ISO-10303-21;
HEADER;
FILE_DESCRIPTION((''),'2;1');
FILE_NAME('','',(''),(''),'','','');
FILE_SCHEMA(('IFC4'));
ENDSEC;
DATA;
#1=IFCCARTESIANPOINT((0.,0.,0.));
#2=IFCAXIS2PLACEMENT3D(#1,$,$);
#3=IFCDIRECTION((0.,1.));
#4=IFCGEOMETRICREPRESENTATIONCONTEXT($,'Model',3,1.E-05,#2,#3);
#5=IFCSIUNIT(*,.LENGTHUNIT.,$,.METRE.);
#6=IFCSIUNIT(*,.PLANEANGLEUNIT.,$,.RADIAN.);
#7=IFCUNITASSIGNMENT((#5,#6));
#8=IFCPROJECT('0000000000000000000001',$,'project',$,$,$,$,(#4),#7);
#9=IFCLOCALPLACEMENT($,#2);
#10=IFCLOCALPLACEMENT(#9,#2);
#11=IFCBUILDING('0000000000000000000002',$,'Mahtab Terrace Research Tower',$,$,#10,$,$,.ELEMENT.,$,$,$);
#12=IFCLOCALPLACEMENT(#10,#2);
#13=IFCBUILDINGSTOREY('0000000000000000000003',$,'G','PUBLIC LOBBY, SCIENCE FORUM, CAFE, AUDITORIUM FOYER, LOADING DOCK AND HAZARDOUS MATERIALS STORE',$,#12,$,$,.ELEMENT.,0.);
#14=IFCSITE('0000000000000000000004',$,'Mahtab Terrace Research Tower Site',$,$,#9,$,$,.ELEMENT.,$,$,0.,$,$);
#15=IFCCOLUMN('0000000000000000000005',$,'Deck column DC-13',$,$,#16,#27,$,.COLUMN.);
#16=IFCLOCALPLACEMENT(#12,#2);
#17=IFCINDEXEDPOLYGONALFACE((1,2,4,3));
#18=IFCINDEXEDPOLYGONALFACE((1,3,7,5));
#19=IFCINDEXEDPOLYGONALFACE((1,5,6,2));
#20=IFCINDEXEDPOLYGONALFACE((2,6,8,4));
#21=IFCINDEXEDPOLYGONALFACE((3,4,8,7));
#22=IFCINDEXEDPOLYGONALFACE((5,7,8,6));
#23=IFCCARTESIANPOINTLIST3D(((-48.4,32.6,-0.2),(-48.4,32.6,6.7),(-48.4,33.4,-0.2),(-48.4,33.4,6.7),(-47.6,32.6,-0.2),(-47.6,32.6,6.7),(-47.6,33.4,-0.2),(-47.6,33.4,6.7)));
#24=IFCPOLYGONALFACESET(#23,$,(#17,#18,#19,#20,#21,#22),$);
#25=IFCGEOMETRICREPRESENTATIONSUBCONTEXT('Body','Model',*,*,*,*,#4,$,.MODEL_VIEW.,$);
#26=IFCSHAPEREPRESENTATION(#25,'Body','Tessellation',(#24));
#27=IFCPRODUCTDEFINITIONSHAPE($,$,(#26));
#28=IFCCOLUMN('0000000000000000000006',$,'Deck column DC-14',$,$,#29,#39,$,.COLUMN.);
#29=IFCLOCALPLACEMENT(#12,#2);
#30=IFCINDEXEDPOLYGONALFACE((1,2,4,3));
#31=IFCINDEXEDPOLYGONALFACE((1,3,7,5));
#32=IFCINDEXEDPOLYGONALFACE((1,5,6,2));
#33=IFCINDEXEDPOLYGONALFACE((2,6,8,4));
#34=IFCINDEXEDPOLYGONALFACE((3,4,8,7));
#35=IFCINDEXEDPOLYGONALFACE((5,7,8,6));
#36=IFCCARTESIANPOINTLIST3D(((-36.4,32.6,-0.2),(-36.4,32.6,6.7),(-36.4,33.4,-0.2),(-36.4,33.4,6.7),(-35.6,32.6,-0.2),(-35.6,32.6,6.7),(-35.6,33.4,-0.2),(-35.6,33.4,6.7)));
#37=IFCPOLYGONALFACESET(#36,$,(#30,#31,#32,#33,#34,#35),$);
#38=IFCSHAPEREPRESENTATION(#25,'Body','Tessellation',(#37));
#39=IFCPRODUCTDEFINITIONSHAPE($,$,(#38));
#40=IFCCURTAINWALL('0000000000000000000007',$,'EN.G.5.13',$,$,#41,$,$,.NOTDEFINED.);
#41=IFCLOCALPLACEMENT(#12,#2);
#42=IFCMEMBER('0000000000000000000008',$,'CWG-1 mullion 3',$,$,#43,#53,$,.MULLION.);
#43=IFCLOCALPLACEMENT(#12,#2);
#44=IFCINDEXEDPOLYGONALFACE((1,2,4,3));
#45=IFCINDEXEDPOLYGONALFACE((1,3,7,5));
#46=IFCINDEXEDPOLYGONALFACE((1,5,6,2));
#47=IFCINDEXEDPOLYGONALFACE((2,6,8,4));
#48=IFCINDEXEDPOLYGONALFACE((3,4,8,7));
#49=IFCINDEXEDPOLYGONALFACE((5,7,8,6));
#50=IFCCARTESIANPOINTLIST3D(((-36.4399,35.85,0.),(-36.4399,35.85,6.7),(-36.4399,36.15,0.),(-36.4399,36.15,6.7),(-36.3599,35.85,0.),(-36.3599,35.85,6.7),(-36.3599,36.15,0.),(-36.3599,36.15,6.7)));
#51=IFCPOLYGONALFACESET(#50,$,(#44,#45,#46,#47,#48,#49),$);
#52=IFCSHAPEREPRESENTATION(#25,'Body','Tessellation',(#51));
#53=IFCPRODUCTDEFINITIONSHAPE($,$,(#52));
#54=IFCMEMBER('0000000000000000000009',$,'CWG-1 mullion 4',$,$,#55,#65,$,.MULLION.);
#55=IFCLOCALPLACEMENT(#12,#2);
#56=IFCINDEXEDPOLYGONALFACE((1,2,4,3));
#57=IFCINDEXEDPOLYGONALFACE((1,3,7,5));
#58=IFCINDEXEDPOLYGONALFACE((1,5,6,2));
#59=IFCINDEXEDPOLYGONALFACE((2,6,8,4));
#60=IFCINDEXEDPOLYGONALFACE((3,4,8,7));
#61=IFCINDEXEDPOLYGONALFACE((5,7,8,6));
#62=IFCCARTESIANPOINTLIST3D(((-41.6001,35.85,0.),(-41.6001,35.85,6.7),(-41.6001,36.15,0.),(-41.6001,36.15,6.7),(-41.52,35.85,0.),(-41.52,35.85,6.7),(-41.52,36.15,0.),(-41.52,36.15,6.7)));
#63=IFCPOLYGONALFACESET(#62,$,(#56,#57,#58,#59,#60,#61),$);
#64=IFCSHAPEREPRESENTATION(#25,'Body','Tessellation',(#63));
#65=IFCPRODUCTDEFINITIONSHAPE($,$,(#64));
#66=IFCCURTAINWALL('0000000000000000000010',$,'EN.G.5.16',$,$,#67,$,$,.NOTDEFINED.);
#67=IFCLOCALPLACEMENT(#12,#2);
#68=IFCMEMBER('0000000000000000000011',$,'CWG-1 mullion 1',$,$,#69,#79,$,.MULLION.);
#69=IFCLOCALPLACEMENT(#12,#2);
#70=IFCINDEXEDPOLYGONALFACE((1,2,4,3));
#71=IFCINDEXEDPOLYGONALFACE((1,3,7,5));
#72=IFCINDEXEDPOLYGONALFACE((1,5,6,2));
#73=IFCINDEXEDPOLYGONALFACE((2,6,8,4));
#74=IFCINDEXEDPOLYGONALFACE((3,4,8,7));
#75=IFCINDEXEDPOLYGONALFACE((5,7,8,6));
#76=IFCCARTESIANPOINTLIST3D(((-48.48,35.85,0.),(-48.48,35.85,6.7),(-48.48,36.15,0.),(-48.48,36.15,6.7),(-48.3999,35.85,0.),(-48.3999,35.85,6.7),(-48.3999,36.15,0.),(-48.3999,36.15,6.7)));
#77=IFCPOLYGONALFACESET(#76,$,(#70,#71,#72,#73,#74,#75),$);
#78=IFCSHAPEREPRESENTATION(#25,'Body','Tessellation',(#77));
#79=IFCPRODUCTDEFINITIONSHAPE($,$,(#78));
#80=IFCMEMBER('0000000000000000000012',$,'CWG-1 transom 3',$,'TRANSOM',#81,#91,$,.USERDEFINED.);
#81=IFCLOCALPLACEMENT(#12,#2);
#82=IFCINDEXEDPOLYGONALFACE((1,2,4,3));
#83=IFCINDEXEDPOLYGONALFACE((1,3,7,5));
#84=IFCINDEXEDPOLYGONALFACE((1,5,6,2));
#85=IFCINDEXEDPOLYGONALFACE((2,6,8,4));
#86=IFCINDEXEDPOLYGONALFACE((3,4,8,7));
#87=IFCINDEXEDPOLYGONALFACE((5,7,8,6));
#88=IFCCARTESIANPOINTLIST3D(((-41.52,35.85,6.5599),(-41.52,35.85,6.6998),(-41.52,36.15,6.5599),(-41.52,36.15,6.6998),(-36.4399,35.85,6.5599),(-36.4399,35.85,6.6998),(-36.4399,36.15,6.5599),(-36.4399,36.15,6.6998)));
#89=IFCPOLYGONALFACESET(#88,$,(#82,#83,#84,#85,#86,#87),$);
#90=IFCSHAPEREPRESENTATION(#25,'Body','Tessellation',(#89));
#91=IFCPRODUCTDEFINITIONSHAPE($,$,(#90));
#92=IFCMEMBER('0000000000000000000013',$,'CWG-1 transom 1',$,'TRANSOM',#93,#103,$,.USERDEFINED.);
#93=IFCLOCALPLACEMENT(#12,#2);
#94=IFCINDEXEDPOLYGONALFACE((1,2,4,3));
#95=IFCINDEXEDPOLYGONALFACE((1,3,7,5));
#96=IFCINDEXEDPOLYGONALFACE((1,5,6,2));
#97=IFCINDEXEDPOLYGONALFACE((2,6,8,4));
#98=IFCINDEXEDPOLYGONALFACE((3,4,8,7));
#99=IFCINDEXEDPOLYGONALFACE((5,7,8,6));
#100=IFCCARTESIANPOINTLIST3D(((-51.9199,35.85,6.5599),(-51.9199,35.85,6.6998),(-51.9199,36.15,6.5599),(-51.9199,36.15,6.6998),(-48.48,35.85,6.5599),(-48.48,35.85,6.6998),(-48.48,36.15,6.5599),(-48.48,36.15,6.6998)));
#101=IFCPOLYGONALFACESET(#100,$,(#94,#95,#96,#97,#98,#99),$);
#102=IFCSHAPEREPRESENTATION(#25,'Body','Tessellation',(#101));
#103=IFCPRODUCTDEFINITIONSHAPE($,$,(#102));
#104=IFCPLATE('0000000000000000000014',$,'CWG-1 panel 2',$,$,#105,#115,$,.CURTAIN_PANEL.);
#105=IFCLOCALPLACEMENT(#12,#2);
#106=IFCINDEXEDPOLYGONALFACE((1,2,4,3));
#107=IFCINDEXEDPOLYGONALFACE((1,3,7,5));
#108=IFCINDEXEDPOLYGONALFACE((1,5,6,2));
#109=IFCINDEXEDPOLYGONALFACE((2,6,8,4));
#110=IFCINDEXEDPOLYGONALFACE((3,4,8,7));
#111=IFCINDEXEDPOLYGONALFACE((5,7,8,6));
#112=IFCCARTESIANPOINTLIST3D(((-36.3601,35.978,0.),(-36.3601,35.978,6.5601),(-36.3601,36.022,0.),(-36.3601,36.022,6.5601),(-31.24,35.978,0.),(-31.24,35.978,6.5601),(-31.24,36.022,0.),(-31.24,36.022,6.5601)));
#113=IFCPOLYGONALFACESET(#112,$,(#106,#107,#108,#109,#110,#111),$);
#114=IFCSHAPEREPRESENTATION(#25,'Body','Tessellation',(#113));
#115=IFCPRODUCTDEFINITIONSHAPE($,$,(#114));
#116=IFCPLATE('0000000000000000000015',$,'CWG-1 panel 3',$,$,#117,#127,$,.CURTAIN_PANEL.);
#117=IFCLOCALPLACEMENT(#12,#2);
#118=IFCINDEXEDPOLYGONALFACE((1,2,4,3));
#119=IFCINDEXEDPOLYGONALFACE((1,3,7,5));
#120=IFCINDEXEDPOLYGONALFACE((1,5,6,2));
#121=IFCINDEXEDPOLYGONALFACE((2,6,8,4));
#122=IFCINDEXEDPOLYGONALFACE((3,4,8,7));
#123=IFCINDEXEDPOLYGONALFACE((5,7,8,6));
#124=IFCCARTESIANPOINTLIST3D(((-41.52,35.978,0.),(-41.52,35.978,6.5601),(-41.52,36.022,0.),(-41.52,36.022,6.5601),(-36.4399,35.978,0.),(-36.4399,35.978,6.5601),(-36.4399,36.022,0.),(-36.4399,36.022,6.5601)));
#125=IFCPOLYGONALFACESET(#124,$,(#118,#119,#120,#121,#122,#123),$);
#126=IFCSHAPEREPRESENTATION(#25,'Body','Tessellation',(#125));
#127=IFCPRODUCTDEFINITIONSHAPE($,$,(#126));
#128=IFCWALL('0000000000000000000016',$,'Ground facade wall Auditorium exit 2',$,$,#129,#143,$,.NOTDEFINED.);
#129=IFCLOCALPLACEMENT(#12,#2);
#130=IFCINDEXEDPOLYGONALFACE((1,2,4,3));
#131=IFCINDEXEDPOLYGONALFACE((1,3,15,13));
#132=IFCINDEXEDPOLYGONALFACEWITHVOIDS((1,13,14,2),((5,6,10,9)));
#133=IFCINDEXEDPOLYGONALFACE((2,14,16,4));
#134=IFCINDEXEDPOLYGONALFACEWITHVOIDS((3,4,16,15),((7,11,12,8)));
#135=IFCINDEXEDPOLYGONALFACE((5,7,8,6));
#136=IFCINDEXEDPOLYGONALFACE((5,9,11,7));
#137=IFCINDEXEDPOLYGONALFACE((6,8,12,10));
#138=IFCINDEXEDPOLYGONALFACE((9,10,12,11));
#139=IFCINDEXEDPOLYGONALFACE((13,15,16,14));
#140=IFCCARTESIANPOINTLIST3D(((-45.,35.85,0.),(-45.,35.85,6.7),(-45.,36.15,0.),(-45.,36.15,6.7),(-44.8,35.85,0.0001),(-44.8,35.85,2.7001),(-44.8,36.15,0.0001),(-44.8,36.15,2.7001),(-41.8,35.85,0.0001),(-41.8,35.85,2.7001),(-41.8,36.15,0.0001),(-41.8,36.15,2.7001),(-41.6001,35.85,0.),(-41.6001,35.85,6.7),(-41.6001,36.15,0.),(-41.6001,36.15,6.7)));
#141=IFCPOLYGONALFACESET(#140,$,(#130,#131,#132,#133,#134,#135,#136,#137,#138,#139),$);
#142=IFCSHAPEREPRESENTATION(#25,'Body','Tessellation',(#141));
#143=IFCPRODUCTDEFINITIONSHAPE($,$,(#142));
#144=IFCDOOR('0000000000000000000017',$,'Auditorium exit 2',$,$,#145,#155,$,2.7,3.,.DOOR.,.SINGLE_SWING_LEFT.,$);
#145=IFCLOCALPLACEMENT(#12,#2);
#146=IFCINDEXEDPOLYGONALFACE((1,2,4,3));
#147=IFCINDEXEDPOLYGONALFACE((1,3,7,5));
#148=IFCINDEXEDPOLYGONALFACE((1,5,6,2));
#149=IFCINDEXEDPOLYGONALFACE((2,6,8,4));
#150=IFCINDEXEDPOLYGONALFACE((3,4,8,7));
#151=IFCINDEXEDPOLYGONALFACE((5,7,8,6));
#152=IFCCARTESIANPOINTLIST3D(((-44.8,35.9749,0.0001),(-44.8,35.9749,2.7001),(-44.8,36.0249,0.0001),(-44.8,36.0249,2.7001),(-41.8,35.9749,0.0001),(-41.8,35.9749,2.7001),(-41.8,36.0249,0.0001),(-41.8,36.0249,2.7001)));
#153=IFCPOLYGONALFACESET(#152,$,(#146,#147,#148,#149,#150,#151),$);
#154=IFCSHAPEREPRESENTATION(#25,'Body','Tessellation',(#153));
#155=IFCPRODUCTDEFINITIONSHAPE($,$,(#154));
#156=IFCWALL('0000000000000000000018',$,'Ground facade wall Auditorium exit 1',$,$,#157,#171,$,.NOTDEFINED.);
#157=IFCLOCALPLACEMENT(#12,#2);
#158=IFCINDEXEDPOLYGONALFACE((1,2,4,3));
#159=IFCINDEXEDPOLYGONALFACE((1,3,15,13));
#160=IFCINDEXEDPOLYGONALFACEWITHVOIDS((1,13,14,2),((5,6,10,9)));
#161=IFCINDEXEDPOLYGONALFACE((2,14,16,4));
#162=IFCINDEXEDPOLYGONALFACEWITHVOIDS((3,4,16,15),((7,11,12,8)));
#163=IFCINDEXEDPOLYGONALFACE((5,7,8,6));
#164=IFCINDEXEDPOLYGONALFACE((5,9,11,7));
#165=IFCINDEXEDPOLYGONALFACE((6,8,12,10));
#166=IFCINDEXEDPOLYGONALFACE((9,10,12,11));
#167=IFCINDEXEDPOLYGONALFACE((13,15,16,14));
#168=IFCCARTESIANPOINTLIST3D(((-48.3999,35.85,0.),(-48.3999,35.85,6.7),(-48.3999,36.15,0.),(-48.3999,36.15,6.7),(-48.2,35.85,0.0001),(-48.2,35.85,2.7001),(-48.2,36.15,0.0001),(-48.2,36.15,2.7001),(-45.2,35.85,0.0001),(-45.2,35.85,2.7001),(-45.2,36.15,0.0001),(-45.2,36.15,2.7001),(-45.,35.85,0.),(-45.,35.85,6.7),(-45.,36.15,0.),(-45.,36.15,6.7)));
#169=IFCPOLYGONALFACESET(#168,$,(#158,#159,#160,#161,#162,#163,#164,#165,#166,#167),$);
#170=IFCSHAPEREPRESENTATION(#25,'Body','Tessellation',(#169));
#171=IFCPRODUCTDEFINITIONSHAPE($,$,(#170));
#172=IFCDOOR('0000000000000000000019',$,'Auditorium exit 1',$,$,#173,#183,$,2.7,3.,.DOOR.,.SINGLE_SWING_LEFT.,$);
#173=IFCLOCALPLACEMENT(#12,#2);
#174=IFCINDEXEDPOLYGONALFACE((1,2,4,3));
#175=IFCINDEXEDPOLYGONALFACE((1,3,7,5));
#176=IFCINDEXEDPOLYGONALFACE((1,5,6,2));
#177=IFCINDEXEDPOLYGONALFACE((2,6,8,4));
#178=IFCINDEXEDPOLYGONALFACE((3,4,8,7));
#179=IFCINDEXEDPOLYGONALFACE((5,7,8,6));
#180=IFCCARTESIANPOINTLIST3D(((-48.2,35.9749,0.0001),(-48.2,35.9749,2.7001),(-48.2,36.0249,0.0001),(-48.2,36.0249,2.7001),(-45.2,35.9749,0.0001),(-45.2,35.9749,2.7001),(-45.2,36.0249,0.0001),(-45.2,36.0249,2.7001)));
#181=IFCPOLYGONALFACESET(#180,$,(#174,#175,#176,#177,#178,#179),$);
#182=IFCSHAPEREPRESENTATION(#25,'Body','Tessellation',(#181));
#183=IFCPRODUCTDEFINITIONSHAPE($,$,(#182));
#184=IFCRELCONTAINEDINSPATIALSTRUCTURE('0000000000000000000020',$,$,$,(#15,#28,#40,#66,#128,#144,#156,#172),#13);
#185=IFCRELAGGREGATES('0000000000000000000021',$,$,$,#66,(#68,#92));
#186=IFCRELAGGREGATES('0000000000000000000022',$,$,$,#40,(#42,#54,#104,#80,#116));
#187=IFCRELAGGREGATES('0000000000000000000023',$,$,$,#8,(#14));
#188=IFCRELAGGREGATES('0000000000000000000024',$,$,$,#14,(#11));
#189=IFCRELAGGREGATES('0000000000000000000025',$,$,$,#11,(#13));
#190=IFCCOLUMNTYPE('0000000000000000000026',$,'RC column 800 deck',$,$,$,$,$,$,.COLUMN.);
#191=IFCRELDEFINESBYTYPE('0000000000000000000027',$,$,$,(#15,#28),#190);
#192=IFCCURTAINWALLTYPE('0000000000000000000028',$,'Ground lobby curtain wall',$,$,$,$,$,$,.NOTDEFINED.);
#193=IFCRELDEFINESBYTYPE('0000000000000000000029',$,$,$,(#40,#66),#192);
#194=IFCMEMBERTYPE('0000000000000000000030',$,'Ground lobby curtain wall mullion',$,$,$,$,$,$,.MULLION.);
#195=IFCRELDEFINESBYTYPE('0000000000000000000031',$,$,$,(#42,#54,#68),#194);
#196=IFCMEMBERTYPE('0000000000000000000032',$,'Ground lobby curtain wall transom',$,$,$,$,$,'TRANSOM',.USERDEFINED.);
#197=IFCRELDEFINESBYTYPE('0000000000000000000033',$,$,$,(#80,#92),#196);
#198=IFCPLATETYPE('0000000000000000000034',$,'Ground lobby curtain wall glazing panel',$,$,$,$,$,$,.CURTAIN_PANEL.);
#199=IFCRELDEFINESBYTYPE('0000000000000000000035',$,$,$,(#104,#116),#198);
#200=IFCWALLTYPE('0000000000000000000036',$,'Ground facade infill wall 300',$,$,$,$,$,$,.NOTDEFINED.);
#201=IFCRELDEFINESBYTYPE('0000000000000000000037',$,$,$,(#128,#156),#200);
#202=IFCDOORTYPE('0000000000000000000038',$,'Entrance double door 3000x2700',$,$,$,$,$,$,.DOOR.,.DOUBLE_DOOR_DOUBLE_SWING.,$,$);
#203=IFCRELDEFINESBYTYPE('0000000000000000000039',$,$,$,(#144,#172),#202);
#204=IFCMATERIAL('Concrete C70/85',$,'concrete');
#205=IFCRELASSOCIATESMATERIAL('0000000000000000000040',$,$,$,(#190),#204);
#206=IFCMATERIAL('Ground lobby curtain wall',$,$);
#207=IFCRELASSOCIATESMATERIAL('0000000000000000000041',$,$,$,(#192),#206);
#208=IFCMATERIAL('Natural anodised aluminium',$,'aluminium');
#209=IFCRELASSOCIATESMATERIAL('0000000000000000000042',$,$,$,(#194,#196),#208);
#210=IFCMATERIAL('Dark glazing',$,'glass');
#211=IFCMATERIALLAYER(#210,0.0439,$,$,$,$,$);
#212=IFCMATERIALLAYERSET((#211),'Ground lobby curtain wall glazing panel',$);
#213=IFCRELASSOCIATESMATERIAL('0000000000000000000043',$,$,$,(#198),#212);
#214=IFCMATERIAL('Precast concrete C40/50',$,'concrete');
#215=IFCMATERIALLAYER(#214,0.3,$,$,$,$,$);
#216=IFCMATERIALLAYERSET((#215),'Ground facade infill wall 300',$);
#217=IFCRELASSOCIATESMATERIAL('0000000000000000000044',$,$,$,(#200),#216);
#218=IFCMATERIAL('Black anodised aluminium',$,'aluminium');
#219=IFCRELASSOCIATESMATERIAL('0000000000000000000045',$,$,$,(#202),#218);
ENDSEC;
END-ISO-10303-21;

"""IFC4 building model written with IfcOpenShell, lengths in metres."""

from ifc_helpers import new_model, si_unit, direction, frame, frame_2d, origin, origin_2d, place, context, subcontext, project, spatial, rectangle, extrude, material, layer, layer_set, material_profile, profile_set, type_object, element, fill, aggregate, save


model = new_model("IFC4")

# Units and contexts
model_context = context("Model", 3, precision=1e-05, world=origin(), true_north=direction((0.0, 1.0)))
body_context = subcontext(model_context, "Body", "Model", "MODEL_VIEW")
ifc_project = project(units=[si_unit("LENGTHUNIT", "METRE"), si_unit("PLANEANGLEUNIT", "RADIAN")], contexts=[model_context])

# Site, building, storey
site_placement = place(None, origin())
site = spatial("IfcSite", under=ifc_project, at=site_placement, Name="Mahtab Terrace Research Tower Site", CompositionType="ELEMENT", RefElevation=0.0)
building_placement = place(site_placement, origin())
building = spatial("IfcBuilding", under=site, at=building_placement, Name="Mahtab Terrace Research Tower", CompositionType="ELEMENT")
storey_placement = place(building_placement, origin())
storey = spatial("IfcBuildingStorey", under=building, at=storey_placement, Name="G", Description="PUBLIC LOBBY, SCIENCE FORUM, CAFE, AUDITORIUM FOYER, LOADING DOCK AND HAZARDOUS MATERIALS STORE", CompositionType="ELEMENT", Elevation=0.0)

# Columns
ifc_material_1 = material(Name="Concrete C70/85", Category="concrete")
ifc_material_profile_1 = material_profile(ifc_material_1, rectangle(XDim=0.8, YDim=0.8, at=origin_2d()), Name="RC column 800 deck")
ifc_profile_set_1 = profile_set([ifc_material_profile_1], Name="Concrete C70/85")
column_type = type_object("IfcColumnType", Name="RC column 800 deck", PredefinedType="COLUMN", material=ifc_profile_set_1)
for number, where, z_axis, x_axis, name in (
    (1, (-48.0, 33.0, -0.2), (0.0, 0.0, 1.0), (1.0, 0.0, 0.0), "Deck column DC-13"),
    (2, (-36.0, 33.0, -0.2), (0.0, 0.0, 1.0), (1.0, 0.0, 0.0), "Deck column DC-14"),
):
    element("IfcColumn", number, at=place(storey_placement, frame(where, z_axis=z_axis, x_axis=x_axis)), inside=storey, type_object=column_type, Name=name, PredefinedType="COLUMN", context=body_context, shape_type="SweptSolid", body=[
        extrude(rectangle(XDim=0.8, YDim=0.8, at=origin_2d()), origin(), (0.0, 0.0, 1.0), 6.8999),
    ])

# Curtain wall, members
ifc_material_2 = material(Name="Ground lobby curtain wall")
curtain_wall_type = type_object("IfcCurtainWallType", Name="Ground lobby curtain wall", PredefinedType="NOTDEFINED", material=ifc_material_2)
curtain_wall_1_placement = place(storey_placement, origin())
curtain_wall_1 = element("IfcCurtainWall", 3, at=curtain_wall_1_placement, inside=storey, type_object=curtain_wall_type, Name="EN.G.5.13", PredefinedType="NOTDEFINED")
ifc_material_3 = material(Name="Natural anodised aluminium", Category="aluminium")
ifc_material_profile_2 = material_profile(ifc_material_3, rectangle(XDim=0.3, YDim=0.0801, at=origin_2d()), Name="MULLION 80x300")
ifc_profile_set_2 = profile_set([ifc_material_profile_2], Name="Natural anodised aluminium")
member_type_1 = type_object("IfcMemberType", Name="Ground lobby curtain wall mullion", PredefinedType="MULLION", material=ifc_profile_set_2)
member_1_placement = place(storey_placement, frame((-36.3999, 36.0, 0.0), z_axis=(0.0, 0.0, 1.0), x_axis=(0.0, -1.0, 0.0)))
member_1 = element("IfcMember", 4, at=member_1_placement, type_object=member_type_1, Name="CWG-1 mullion 3", PredefinedType="MULLION", context=body_context, shape_type="SweptSolid", body=[
    extrude(rectangle(XDim=0.3, YDim=0.0801, at=origin_2d()), origin(), (0.0, 0.0, 1.0), 6.7),
])
member_2_placement = place(storey_placement, frame((-41.5601, 36.0, 0.0), z_axis=(0.0, 0.0, 1.0), x_axis=(0.0, -1.0, 0.0)))
member_2 = element("IfcMember", 5, at=member_2_placement, type_object=member_type_1, Name="CWG-1 mullion 4", PredefinedType="MULLION", context=body_context, shape_type="SweptSolid", body=[
    extrude(rectangle(XDim=0.3, YDim=0.0801, at=origin_2d()), origin(), (0.0, 0.0, 1.0), 6.7),
])

# Curtain wall, member
curtain_wall_2_placement = place(storey_placement, origin())
curtain_wall_2 = element("IfcCurtainWall", 6, at=curtain_wall_2_placement, inside=storey, type_object=curtain_wall_type, Name="EN.G.5.16", PredefinedType="NOTDEFINED")
member_3_placement = place(storey_placement, frame((-48.4399, 36.0, 0.0), z_axis=(0.0, 0.0, 1.0), x_axis=(0.0, -1.0, 0.0)))
member_3 = element("IfcMember", 7, at=member_3_placement, type_object=member_type_1, Name="CWG-1 mullion 1", PredefinedType="MULLION", context=body_context, shape_type="SweptSolid", body=[
    extrude(rectangle(XDim=0.3, YDim=0.0801, at=origin_2d()), origin(), (0.0, 0.0, 1.0), 6.7),
])

# Members
ifc_material_profile_3 = material_profile(ifc_material_3, rectangle(XDim=0.3, YDim=0.1399, at=origin_2d()), Name="TRANSOM 140x300")
ifc_profile_set_3 = profile_set([ifc_material_profile_3], Name="Natural anodised aluminium")
member_type_2 = type_object("IfcMemberType", Name="Ground lobby curtain wall transom", ElementType="TRANSOM", PredefinedType="USERDEFINED", material=ifc_profile_set_3)
member_4_placement = place(storey_placement, frame((-36.4399, 36.0, 6.6299), z_axis=(-1.0, 0.0, 0.0), x_axis=(0.0, -1.0, 0.0)))
member_4 = element("IfcMember", 8, at=member_4_placement, type_object=member_type_2, Name="CWG-1 transom 3", ObjectType="TRANSOM", PredefinedType="USERDEFINED", context=body_context, shape_type="SweptSolid", body=[
    extrude(rectangle(XDim=0.3, YDim=0.1399, at=origin_2d()), origin(), (0.0, 0.0, 1.0), 5.0801),
])
member_5_placement = place(storey_placement, frame((-48.48, 36.0, 6.6299), z_axis=(-1.0, 0.0, 0.0), x_axis=(0.0, -1.0, 0.0)))
member_5 = element("IfcMember", 9, at=member_5_placement, type_object=member_type_2, Name="CWG-1 transom 1", ObjectType="TRANSOM", PredefinedType="USERDEFINED", context=body_context, shape_type="SweptSolid", body=[
    extrude(rectangle(XDim=0.3, YDim=0.1399, at=origin_2d()), origin(), (0.0, 0.0, 1.0), 3.4399),
])
aggregate(curtain_wall_2, [member_3, member_5])

# Plates
ifc_material_4 = material(Name="Dark glazing", Category="glass")
ifc_layer_1 = layer(ifc_material_4, 0.0439)
ifc_layer_set_1 = layer_set([ifc_layer_1], Name="Ground lobby curtain wall glazing panel")
plate_type = type_object("IfcPlateType", Name="Ground lobby curtain wall glazing panel", PredefinedType="CURTAIN_PANEL", material=ifc_layer_set_1)
plate_1_placement = place(storey_placement, frame((-33.8, 36.0, 0.0), z_axis=(0.0, 0.0, 1.0), x_axis=(-1.0, 0.0, 0.0)))
plate_1 = element("IfcPlate", 10, at=plate_1_placement, type_object=plate_type, Name="CWG-1 panel 2", PredefinedType="CURTAIN_PANEL", context=body_context, shape_type="SweptSolid", body=[
    extrude(rectangle(XDim=5.1201, YDim=0.0439, at=origin_2d()), origin(), (0.0, 0.0, 1.0), 6.5601),
])
plate_2_placement = place(storey_placement, frame((-38.98, 36.0, 0.0), z_axis=(0.0, 0.0, 1.0), x_axis=(-1.0, 0.0, 0.0)))
plate_2 = element("IfcPlate", 11, at=plate_2_placement, type_object=plate_type, Name="CWG-1 panel 3", PredefinedType="CURTAIN_PANEL", context=body_context, shape_type="SweptSolid", body=[
    extrude(rectangle(XDim=5.0801, YDim=0.0439, at=origin_2d()), origin(), (0.0, 0.0, 1.0), 6.5601),
])
aggregate(curtain_wall_1, [member_1, member_2, plate_1, member_4, plate_2])

# Walls, openings, doors
ifc_material_5 = material(Name="Precast concrete C40/50", Category="concrete")
ifc_layer_2 = layer(ifc_material_5, 0.3)
ifc_layer_set_2 = layer_set([ifc_layer_2], Name="Ground facade infill wall 300")
wall_type = type_object("IfcWallType", Name="Ground facade infill wall 300", PredefinedType="NOTDEFINED", material=ifc_layer_set_2)
wall_1_placement = place(storey_placement, frame((-45.0, 36.0, 0.0), z_axis=(0.0, 0.0, 1.0), x_axis=(1.0, 0.0, 0.0)))
wall_1 = element("IfcWall", 12, at=wall_1_placement, inside=storey, type_object=wall_type, Name="Ground facade wall Auditorium exit 2", PredefinedType="NOTDEFINED", context=body_context, shape_type="SweptSolid", body=[
    extrude(rectangle(XDim=3.3999, YDim=0.3, at=frame_2d((1.7, 0.0))), origin(), (0.0, 0.0, 1.0), 6.7),
])
opening_1_placement = place(wall_1_placement, frame((0.2, 0.0, 0.0)))
opening_1 = element("IfcOpeningElement", 13, at=opening_1_placement, cuts=wall_1, PredefinedType="OPENING", context=body_context, shape_type="SweptSolid", body=[
    extrude(rectangle(XDim=3.0, YDim=2.7, at=frame_2d((1.5, 1.3501))), frame((0.0, 0.1599, 0.0), z_axis=(0.0, -1.0, 0.0), x_axis=(1.0, 0.0, 0.0)), (0.0, 0.0, 1.0), 0.3201),
])
ifc_material_6 = material(Name="Black anodised aluminium", Category="aluminium")
door_type = type_object("IfcDoorType", Name="Entrance double door 3000x2700", OperationType="DOUBLE_DOOR_DOUBLE_SWING", PredefinedType="DOOR", material=ifc_material_6)
door_1_placement = place(opening_1_placement, origin())
door_1 = element("IfcDoor", 14, at=door_1_placement, inside=storey, type_object=door_type, Name="Auditorium exit 2", OperationType="SINGLE_SWING_LEFT", OverallHeight=2.7, OverallWidth=3.0, PredefinedType="DOOR", context=body_context, shape_type="SweptSolid", body=[
    extrude(rectangle(XDim=3.0, YDim=2.7, at=frame_2d((1.5, 1.3501))), frame((0.0, 0.0249, 0.0), z_axis=(0.0, -1.0, 0.0), x_axis=(1.0, 0.0, 0.0)), (0.0, 0.0, 1.0), 0.05),
])
fill(opening_1, door_1)
wall_2_placement = place(storey_placement, frame((-48.3999, 36.0, 0.0), z_axis=(0.0, 0.0, 1.0), x_axis=(1.0, 0.0, 0.0)))
wall_2 = element("IfcWall", 15, at=wall_2_placement, inside=storey, type_object=wall_type, Name="Ground facade wall Auditorium exit 1", PredefinedType="NOTDEFINED", context=body_context, shape_type="SweptSolid", body=[
    extrude(rectangle(XDim=3.3999, YDim=0.3, at=frame_2d((1.7, 0.0))), origin(), (0.0, 0.0, 1.0), 6.7),
])
opening_2_placement = place(wall_2_placement, frame((0.2, 0.0, 0.0)))
opening_2 = element("IfcOpeningElement", 16, at=opening_2_placement, cuts=wall_2, PredefinedType="OPENING", context=body_context, shape_type="SweptSolid", body=[
    extrude(rectangle(XDim=3.0, YDim=2.7, at=frame_2d((1.5, 1.3501))), frame((0.0, 0.1599, 0.0), z_axis=(0.0, -1.0, 0.0), x_axis=(1.0, 0.0, 0.0)), (0.0, 0.0, 1.0), 0.3201),
])
door_2_placement = place(opening_2_placement, origin())
door_2 = element("IfcDoor", 17, at=door_2_placement, inside=storey, type_object=door_type, Name="Auditorium exit 1", OperationType="SINGLE_SWING_LEFT", OverallHeight=2.7, OverallWidth=3.0, PredefinedType="DOOR", context=body_context, shape_type="SweptSolid", body=[
    extrude(rectangle(XDim=3.0, YDim=2.7, at=frame_2d((1.5, 1.3501))), frame((0.0, 0.0249, 0.0), z_axis=(0.0, -1.0, 0.0), x_axis=(1.0, 0.0, 0.0)), (0.0, 0.0, 1.0), 0.05),
])
fill(opening_2, door_2)

save(model, "model.ifc")
